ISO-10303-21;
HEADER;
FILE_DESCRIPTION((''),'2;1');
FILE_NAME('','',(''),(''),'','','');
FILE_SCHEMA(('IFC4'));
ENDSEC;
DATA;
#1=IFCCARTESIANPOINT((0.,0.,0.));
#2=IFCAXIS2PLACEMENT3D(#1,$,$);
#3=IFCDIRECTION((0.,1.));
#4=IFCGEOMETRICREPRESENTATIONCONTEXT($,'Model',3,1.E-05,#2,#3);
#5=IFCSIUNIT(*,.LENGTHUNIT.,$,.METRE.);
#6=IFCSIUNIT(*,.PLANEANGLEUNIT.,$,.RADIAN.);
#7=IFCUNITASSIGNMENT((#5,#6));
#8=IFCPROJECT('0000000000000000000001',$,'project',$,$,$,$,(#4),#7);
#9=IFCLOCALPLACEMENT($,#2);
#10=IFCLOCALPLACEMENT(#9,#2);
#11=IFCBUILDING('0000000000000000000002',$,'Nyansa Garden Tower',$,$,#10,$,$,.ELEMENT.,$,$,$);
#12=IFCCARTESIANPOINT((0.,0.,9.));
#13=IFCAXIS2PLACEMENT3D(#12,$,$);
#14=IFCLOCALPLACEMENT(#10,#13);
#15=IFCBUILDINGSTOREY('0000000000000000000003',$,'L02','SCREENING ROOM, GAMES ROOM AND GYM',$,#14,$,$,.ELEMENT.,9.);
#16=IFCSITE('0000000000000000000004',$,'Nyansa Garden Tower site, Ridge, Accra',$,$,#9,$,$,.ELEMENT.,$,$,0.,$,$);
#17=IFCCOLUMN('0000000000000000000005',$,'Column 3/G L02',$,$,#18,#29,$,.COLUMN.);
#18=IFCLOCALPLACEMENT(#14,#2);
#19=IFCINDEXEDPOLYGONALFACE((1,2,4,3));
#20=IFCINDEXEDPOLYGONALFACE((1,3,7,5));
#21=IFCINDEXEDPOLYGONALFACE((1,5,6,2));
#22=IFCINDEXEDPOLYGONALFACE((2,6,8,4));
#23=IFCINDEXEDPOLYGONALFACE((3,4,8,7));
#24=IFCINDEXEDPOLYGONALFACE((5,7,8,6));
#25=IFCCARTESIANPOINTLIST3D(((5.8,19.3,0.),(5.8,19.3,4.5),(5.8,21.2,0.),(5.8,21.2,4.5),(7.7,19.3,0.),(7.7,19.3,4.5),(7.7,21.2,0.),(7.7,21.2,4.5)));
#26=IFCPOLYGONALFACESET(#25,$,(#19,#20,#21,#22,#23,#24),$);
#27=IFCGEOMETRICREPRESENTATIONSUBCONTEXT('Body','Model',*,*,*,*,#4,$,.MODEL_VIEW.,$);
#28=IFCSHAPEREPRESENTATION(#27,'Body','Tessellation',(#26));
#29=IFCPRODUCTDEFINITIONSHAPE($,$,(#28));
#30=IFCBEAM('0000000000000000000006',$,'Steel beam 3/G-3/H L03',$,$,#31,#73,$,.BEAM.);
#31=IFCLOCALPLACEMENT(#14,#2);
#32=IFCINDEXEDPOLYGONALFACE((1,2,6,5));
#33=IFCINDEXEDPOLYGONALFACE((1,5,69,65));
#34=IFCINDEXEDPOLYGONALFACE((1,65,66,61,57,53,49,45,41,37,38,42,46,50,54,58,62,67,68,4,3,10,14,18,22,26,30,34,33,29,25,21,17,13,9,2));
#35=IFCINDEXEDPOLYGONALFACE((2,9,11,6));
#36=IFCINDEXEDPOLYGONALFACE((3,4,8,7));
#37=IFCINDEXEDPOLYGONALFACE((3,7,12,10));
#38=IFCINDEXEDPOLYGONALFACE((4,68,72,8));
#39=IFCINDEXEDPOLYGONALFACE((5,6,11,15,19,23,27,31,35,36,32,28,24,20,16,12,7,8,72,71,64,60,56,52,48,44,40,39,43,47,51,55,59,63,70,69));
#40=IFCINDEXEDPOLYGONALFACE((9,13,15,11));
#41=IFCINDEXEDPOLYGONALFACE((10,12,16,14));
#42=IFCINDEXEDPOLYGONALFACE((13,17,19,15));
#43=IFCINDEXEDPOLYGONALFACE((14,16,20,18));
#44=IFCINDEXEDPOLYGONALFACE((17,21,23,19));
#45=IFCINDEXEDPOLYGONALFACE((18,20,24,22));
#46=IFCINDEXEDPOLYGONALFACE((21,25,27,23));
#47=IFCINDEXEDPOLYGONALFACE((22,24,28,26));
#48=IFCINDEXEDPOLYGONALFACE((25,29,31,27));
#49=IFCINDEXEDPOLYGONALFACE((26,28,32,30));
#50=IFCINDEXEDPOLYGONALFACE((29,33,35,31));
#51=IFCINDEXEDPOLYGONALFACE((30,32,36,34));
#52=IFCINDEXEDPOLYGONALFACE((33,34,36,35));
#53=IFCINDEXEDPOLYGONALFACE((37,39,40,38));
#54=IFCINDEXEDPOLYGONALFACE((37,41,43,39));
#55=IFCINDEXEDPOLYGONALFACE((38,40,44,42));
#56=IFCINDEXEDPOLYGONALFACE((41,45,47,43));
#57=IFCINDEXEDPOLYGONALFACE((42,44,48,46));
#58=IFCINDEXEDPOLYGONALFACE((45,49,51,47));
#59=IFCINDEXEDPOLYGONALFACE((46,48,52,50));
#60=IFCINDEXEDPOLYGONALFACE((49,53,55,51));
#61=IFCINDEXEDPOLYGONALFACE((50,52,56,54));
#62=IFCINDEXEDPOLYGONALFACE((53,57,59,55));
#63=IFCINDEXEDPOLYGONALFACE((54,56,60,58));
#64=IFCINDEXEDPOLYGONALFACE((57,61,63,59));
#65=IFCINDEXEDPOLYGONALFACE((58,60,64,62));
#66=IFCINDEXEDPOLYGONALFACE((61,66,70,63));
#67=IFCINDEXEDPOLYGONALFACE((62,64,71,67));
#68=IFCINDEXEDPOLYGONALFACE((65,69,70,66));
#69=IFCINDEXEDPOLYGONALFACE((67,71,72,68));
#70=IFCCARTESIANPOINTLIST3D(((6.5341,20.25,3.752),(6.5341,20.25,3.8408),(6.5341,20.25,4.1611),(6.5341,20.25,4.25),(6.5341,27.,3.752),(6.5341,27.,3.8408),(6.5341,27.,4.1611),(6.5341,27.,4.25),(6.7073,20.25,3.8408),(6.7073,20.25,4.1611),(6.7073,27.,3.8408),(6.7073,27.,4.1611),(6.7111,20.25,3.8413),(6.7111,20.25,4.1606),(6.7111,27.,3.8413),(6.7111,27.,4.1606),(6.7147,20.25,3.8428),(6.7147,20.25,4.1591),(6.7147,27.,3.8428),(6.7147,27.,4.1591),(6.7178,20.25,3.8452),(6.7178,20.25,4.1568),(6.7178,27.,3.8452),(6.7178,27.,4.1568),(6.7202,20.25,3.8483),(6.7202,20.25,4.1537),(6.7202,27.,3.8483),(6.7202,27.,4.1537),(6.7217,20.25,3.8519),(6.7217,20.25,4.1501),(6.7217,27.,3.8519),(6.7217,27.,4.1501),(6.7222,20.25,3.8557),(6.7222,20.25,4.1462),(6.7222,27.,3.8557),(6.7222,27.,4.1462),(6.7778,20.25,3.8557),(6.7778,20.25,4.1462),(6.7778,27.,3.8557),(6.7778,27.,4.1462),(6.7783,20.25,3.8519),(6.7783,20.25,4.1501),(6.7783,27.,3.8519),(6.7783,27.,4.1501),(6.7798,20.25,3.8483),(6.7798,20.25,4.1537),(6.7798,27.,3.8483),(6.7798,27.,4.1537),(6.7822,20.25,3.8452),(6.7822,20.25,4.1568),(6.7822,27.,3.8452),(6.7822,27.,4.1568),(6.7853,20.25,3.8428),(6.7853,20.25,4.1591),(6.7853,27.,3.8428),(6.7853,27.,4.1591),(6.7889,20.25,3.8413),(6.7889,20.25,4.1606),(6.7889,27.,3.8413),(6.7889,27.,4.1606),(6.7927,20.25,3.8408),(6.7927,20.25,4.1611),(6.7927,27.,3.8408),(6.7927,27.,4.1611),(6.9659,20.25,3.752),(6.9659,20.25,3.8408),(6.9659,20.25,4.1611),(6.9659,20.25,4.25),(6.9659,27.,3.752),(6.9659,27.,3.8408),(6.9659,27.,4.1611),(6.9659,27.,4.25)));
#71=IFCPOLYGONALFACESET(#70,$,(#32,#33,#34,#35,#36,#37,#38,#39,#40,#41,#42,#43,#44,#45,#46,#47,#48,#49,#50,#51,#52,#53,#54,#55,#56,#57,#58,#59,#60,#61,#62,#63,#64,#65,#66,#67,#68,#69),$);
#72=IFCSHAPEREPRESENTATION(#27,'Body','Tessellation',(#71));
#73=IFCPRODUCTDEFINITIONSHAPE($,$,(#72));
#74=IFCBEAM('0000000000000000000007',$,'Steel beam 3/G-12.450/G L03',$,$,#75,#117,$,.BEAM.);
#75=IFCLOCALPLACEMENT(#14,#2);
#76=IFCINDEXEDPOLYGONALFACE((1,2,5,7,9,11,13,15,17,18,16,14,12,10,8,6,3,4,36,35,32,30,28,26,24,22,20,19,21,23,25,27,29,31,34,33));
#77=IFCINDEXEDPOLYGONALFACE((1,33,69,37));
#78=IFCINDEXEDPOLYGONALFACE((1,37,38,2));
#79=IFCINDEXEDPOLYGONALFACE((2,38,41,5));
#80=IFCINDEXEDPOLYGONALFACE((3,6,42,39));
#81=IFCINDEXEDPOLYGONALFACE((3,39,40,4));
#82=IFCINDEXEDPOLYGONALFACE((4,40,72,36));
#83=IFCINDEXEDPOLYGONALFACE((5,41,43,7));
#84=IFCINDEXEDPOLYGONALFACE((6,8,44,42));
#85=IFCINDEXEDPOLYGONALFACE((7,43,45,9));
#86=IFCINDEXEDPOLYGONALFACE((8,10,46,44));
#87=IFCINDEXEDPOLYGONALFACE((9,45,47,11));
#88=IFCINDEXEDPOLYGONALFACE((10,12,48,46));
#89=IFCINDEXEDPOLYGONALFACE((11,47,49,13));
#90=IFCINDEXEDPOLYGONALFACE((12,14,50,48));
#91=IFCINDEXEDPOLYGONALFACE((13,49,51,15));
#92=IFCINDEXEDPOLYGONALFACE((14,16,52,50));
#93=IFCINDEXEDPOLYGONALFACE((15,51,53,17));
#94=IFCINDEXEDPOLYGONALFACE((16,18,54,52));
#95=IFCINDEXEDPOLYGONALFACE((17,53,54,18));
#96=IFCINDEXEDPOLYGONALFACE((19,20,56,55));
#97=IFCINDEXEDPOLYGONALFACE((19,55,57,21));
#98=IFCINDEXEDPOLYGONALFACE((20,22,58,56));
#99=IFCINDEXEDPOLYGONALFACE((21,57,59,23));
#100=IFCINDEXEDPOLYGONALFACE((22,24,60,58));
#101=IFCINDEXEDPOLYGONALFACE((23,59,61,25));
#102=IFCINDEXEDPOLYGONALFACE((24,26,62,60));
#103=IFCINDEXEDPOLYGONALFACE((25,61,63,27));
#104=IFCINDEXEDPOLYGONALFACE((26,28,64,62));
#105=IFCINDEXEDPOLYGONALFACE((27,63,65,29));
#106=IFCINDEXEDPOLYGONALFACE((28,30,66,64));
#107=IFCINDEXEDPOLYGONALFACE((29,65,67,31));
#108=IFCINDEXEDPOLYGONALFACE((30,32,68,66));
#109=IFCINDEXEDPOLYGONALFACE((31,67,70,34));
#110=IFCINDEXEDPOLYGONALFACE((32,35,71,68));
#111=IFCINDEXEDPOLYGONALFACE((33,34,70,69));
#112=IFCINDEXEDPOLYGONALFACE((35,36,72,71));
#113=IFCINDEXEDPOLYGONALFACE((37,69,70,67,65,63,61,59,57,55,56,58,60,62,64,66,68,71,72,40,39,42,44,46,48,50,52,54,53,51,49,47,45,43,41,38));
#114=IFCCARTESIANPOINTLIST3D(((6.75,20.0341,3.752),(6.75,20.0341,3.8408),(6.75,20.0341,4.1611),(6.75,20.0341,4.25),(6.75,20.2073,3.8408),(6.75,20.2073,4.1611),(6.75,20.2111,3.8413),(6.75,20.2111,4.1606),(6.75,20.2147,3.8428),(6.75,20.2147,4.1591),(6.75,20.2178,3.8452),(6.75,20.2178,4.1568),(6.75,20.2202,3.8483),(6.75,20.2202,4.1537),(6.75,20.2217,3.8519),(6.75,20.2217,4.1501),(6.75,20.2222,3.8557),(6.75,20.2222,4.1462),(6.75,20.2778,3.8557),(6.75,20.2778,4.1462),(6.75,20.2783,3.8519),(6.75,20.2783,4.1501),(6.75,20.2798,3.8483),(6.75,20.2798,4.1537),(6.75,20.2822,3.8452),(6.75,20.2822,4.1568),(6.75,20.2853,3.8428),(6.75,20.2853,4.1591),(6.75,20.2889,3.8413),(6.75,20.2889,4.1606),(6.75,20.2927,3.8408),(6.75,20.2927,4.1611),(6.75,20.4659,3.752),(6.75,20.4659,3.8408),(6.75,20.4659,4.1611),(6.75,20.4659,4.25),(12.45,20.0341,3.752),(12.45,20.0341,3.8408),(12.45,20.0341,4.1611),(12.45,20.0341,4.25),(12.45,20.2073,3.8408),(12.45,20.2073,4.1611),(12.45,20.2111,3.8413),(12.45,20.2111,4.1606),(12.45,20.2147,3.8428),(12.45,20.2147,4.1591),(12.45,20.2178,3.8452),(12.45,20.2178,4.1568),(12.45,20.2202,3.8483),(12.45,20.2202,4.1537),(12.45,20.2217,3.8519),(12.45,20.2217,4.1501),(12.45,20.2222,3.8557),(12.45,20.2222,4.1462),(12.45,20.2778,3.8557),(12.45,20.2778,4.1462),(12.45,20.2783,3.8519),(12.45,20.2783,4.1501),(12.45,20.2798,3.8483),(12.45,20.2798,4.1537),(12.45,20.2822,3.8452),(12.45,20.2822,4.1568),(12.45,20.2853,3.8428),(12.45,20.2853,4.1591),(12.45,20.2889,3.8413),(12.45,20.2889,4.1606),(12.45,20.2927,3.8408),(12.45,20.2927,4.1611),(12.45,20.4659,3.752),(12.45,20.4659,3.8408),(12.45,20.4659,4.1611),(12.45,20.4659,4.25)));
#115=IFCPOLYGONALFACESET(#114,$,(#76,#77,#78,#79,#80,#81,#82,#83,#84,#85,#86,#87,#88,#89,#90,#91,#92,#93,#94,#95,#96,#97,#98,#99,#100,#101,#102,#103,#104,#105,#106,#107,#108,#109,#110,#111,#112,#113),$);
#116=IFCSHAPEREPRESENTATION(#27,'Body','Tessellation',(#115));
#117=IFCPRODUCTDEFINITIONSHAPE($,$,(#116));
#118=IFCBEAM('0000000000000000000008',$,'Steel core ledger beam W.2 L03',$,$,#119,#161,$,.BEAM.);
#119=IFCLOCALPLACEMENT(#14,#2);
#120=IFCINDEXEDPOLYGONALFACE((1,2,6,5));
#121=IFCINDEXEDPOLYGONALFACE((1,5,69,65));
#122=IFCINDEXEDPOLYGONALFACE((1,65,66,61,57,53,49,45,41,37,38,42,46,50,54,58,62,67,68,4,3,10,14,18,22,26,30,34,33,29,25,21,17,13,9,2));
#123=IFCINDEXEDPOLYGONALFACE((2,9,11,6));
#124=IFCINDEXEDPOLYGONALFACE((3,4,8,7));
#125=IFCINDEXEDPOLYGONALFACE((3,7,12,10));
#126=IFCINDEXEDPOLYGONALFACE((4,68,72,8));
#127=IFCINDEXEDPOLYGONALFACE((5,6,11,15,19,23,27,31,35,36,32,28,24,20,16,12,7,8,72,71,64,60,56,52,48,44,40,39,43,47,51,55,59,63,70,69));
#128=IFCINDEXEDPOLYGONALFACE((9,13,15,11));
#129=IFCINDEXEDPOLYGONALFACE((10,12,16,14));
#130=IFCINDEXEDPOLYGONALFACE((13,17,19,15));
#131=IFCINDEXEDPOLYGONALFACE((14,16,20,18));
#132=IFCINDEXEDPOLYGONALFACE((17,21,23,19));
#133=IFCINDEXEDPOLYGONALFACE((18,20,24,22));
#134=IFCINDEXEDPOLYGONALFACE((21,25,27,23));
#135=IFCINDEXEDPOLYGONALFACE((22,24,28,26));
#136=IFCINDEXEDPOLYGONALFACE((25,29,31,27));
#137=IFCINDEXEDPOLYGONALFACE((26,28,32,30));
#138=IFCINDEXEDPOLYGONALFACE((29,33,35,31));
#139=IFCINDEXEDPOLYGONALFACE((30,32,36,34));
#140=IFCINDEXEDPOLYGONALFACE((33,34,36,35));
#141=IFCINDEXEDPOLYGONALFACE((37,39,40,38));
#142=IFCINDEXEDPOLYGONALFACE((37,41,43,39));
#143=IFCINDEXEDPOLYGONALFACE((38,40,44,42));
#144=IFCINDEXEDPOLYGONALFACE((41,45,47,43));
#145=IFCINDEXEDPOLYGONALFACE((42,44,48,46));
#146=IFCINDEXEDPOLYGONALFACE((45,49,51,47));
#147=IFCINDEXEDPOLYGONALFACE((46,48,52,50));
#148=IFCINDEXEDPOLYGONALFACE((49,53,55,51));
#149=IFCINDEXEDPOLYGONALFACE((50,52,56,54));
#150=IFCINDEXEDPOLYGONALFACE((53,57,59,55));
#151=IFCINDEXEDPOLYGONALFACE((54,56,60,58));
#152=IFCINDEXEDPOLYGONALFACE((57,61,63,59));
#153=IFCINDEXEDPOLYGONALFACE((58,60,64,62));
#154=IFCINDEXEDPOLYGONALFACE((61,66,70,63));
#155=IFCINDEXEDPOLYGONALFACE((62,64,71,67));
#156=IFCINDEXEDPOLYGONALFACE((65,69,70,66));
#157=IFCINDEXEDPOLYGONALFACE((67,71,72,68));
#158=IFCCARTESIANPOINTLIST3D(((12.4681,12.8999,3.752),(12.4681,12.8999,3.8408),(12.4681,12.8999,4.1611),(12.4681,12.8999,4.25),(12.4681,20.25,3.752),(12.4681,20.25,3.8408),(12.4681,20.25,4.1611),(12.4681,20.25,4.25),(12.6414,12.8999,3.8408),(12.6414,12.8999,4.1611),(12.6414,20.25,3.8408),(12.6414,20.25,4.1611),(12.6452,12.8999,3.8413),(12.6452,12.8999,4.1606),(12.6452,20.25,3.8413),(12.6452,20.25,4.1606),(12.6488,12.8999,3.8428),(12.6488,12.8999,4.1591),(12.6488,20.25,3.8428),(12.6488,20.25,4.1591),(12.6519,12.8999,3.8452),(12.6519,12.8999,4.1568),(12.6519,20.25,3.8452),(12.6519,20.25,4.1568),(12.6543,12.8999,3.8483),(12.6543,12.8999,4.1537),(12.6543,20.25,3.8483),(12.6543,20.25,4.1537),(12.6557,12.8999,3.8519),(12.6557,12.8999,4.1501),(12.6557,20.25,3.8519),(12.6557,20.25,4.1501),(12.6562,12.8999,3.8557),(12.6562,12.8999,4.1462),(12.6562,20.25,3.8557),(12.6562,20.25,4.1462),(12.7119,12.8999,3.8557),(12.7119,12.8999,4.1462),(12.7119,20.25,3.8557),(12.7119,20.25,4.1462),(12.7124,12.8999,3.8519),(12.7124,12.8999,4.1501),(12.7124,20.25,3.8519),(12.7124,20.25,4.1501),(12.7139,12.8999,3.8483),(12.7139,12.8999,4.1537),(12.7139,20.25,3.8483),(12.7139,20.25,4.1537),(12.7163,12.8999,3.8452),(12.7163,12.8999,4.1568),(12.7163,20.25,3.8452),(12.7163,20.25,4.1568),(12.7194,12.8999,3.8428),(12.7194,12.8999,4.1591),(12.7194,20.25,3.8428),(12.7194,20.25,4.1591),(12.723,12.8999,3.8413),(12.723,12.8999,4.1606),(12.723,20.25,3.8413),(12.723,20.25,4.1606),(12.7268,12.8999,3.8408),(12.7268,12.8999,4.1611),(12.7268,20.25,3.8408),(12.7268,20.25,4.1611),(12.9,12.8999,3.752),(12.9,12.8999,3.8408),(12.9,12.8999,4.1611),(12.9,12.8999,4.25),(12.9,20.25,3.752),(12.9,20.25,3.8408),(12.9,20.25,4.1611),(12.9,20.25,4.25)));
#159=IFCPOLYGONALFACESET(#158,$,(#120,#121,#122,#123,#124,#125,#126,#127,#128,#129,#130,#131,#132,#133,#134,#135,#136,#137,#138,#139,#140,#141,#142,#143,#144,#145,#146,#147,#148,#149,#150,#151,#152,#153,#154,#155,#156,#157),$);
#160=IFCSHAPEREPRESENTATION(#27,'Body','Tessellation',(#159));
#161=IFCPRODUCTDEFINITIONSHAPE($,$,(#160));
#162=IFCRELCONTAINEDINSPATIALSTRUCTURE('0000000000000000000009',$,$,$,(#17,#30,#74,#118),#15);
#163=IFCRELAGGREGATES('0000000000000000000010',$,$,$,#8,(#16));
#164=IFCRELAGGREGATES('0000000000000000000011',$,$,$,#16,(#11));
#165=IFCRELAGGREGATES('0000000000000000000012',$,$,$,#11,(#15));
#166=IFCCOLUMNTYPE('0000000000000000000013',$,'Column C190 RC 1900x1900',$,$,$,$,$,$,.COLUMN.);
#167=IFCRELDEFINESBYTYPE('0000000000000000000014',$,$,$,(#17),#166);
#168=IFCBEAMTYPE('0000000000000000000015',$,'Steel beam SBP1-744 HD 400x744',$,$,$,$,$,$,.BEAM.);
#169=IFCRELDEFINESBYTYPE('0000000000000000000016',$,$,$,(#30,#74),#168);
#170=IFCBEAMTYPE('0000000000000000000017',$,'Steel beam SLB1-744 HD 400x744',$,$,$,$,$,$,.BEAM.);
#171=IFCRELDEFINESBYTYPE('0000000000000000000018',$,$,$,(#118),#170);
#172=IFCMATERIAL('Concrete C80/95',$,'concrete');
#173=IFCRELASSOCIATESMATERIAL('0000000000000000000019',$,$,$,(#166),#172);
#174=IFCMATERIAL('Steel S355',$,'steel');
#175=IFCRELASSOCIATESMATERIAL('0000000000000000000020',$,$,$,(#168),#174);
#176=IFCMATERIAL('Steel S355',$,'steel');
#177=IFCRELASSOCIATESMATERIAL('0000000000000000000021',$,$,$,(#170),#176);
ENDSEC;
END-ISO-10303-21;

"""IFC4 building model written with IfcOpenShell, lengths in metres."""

from ifc_helpers import new_model, si_unit, direction, frame, origin, origin_2d, place, context, subcontext, project, spatial, rectangle, i_section, extrude, material, material_profile, profile_set, type_object, element, save


model = new_model("IFC4")

# Units and contexts
model_context = context("Model", 3, precision=1e-05, world=origin(), true_north=direction((0.0, 1.0)))
body_context = subcontext(model_context, "Body", "Model", "MODEL_VIEW")
ifc_project = project(units=[si_unit("LENGTHUNIT", "METRE"), si_unit("PLANEANGLEUNIT", "RADIAN")], contexts=[model_context])

# Site, building, storey
site_placement = place(None, origin())
site = spatial("IfcSite", under=ifc_project, at=site_placement, Name="Nyansa Garden Tower site, Ridge, Accra", CompositionType="ELEMENT", RefElevation=0.0)
building_placement = place(site_placement, origin())
building = spatial("IfcBuilding", under=site, at=building_placement, Name="Nyansa Garden Tower", CompositionType="ELEMENT")
storey_placement = place(building_placement, frame((0.0, 0.0, 9.0)))
storey = spatial("IfcBuildingStorey", under=building, at=storey_placement, Name="L02", Description="SCREENING ROOM, GAMES ROOM AND GYM", CompositionType="ELEMENT", Elevation=9.0)

# Column
ifc_material_1 = material(Name="Concrete C80/95", Category="concrete")
ifc_material_profile_1 = material_profile(ifc_material_1, rectangle(XDim=1.8999, YDim=1.8999, at=origin_2d()), Name="RC 1900x1900")
ifc_profile_set_1 = profile_set([ifc_material_profile_1], Name="Concrete C80/95")
column_type = type_object("IfcColumnType", Name="Column C190 RC 1900x1900", PredefinedType="COLUMN", material=ifc_profile_set_1)
column_placement = place(storey_placement, frame((6.75, 20.25, 0.0), z_axis=(0.0, 0.0, 1.0), x_axis=(1.0, 0.0, 0.0)))
element("IfcColumn", 1, at=column_placement, inside=storey, type_object=column_type, Name="Column 3/G L02", PredefinedType="COLUMN", context=body_context, shape_type="SweptSolid", body=[
    extrude(rectangle(XDim=1.8999, YDim=1.8999, at=origin_2d()), origin(), (0.0, 0.0, 1.0), 4.5),
])

# Beams
ifc_material_2 = material(Name="Steel S355", Category="steel")
ifc_material_profile_2 = material_profile(ifc_material_2, i_section(OverallWidth=0.4319, OverallDepth=0.498, WebThickness=0.0557, FlangeThickness=0.0889, FilletRadius=0.0149, at=origin_2d()), Name="HD 400x744")
ifc_profile_set_2 = profile_set([ifc_material_profile_2], Name="Steel S355")
beam_type_1 = type_object("IfcBeamType", Name="Steel beam SBP1-744 HD 400x744", PredefinedType="BEAM", material=ifc_profile_set_2)
beam_1_placement = place(storey_placement, frame((6.75, 20.25, 4.001), z_axis=(0.0, 1.0, 0.0), x_axis=(-1.0, 0.0, 0.0)))
element("IfcBeam", 2, at=beam_1_placement, inside=storey, type_object=beam_type_1, Name="Steel beam 3/G-3/H L03", PredefinedType="BEAM", context=body_context, shape_type="SweptSolid", body=[
    extrude(i_section(OverallWidth=0.4319, OverallDepth=0.498, WebThickness=0.0557, FlangeThickness=0.0889, FilletRadius=0.0149, at=origin_2d()), origin(), (0.0, 0.0, 1.0), 6.75),
])
beam_2_placement = place(storey_placement, frame((6.75, 20.25, 4.001), z_axis=(1.0, 0.0, 0.0), x_axis=(0.0, 1.0, 0.0)))
element("IfcBeam", 3, at=beam_2_placement, inside=storey, type_object=beam_type_1, Name="Steel beam 3/G-12.450/G L03", PredefinedType="BEAM", context=body_context, shape_type="SweptSolid", body=[
    extrude(i_section(OverallWidth=0.4319, OverallDepth=0.498, WebThickness=0.0557, FlangeThickness=0.0889, FilletRadius=0.0149, at=origin_2d()), origin(), (0.0, 0.0, 1.0), 5.7),
])
ifc_material_3 = material(Name="Steel S355", Category="steel")
ifc_material_profile_3 = material_profile(ifc_material_3, i_section(OverallWidth=0.4319, OverallDepth=0.498, WebThickness=0.0557, FlangeThickness=0.0889, FilletRadius=0.0149, at=origin_2d()), Name="HD 400x744")
ifc_profile_set_3 = profile_set([ifc_material_profile_3], Name="Steel S355")
beam_type_2 = type_object("IfcBeamType", Name="Steel beam SLB1-744 HD 400x744", PredefinedType="BEAM", material=ifc_profile_set_3)
beam_3_placement = place(storey_placement, frame((12.6841, 20.25, 4.001), z_axis=(0.0, -1.0, 0.0), x_axis=(1.0, 0.0, 0.0)))
element("IfcBeam", 4, at=beam_3_placement, inside=storey, type_object=beam_type_2, Name="Steel core ledger beam W.2 L03", PredefinedType="BEAM", context=body_context, shape_type="SweptSolid", body=[
    extrude(i_section(OverallWidth=0.4319, OverallDepth=0.498, WebThickness=0.0557, FlangeThickness=0.0889, FilletRadius=0.0149, at=origin_2d()), origin(), (0.0, 0.0, 1.0), 7.3501),
])

save(model, "model.ifc")
